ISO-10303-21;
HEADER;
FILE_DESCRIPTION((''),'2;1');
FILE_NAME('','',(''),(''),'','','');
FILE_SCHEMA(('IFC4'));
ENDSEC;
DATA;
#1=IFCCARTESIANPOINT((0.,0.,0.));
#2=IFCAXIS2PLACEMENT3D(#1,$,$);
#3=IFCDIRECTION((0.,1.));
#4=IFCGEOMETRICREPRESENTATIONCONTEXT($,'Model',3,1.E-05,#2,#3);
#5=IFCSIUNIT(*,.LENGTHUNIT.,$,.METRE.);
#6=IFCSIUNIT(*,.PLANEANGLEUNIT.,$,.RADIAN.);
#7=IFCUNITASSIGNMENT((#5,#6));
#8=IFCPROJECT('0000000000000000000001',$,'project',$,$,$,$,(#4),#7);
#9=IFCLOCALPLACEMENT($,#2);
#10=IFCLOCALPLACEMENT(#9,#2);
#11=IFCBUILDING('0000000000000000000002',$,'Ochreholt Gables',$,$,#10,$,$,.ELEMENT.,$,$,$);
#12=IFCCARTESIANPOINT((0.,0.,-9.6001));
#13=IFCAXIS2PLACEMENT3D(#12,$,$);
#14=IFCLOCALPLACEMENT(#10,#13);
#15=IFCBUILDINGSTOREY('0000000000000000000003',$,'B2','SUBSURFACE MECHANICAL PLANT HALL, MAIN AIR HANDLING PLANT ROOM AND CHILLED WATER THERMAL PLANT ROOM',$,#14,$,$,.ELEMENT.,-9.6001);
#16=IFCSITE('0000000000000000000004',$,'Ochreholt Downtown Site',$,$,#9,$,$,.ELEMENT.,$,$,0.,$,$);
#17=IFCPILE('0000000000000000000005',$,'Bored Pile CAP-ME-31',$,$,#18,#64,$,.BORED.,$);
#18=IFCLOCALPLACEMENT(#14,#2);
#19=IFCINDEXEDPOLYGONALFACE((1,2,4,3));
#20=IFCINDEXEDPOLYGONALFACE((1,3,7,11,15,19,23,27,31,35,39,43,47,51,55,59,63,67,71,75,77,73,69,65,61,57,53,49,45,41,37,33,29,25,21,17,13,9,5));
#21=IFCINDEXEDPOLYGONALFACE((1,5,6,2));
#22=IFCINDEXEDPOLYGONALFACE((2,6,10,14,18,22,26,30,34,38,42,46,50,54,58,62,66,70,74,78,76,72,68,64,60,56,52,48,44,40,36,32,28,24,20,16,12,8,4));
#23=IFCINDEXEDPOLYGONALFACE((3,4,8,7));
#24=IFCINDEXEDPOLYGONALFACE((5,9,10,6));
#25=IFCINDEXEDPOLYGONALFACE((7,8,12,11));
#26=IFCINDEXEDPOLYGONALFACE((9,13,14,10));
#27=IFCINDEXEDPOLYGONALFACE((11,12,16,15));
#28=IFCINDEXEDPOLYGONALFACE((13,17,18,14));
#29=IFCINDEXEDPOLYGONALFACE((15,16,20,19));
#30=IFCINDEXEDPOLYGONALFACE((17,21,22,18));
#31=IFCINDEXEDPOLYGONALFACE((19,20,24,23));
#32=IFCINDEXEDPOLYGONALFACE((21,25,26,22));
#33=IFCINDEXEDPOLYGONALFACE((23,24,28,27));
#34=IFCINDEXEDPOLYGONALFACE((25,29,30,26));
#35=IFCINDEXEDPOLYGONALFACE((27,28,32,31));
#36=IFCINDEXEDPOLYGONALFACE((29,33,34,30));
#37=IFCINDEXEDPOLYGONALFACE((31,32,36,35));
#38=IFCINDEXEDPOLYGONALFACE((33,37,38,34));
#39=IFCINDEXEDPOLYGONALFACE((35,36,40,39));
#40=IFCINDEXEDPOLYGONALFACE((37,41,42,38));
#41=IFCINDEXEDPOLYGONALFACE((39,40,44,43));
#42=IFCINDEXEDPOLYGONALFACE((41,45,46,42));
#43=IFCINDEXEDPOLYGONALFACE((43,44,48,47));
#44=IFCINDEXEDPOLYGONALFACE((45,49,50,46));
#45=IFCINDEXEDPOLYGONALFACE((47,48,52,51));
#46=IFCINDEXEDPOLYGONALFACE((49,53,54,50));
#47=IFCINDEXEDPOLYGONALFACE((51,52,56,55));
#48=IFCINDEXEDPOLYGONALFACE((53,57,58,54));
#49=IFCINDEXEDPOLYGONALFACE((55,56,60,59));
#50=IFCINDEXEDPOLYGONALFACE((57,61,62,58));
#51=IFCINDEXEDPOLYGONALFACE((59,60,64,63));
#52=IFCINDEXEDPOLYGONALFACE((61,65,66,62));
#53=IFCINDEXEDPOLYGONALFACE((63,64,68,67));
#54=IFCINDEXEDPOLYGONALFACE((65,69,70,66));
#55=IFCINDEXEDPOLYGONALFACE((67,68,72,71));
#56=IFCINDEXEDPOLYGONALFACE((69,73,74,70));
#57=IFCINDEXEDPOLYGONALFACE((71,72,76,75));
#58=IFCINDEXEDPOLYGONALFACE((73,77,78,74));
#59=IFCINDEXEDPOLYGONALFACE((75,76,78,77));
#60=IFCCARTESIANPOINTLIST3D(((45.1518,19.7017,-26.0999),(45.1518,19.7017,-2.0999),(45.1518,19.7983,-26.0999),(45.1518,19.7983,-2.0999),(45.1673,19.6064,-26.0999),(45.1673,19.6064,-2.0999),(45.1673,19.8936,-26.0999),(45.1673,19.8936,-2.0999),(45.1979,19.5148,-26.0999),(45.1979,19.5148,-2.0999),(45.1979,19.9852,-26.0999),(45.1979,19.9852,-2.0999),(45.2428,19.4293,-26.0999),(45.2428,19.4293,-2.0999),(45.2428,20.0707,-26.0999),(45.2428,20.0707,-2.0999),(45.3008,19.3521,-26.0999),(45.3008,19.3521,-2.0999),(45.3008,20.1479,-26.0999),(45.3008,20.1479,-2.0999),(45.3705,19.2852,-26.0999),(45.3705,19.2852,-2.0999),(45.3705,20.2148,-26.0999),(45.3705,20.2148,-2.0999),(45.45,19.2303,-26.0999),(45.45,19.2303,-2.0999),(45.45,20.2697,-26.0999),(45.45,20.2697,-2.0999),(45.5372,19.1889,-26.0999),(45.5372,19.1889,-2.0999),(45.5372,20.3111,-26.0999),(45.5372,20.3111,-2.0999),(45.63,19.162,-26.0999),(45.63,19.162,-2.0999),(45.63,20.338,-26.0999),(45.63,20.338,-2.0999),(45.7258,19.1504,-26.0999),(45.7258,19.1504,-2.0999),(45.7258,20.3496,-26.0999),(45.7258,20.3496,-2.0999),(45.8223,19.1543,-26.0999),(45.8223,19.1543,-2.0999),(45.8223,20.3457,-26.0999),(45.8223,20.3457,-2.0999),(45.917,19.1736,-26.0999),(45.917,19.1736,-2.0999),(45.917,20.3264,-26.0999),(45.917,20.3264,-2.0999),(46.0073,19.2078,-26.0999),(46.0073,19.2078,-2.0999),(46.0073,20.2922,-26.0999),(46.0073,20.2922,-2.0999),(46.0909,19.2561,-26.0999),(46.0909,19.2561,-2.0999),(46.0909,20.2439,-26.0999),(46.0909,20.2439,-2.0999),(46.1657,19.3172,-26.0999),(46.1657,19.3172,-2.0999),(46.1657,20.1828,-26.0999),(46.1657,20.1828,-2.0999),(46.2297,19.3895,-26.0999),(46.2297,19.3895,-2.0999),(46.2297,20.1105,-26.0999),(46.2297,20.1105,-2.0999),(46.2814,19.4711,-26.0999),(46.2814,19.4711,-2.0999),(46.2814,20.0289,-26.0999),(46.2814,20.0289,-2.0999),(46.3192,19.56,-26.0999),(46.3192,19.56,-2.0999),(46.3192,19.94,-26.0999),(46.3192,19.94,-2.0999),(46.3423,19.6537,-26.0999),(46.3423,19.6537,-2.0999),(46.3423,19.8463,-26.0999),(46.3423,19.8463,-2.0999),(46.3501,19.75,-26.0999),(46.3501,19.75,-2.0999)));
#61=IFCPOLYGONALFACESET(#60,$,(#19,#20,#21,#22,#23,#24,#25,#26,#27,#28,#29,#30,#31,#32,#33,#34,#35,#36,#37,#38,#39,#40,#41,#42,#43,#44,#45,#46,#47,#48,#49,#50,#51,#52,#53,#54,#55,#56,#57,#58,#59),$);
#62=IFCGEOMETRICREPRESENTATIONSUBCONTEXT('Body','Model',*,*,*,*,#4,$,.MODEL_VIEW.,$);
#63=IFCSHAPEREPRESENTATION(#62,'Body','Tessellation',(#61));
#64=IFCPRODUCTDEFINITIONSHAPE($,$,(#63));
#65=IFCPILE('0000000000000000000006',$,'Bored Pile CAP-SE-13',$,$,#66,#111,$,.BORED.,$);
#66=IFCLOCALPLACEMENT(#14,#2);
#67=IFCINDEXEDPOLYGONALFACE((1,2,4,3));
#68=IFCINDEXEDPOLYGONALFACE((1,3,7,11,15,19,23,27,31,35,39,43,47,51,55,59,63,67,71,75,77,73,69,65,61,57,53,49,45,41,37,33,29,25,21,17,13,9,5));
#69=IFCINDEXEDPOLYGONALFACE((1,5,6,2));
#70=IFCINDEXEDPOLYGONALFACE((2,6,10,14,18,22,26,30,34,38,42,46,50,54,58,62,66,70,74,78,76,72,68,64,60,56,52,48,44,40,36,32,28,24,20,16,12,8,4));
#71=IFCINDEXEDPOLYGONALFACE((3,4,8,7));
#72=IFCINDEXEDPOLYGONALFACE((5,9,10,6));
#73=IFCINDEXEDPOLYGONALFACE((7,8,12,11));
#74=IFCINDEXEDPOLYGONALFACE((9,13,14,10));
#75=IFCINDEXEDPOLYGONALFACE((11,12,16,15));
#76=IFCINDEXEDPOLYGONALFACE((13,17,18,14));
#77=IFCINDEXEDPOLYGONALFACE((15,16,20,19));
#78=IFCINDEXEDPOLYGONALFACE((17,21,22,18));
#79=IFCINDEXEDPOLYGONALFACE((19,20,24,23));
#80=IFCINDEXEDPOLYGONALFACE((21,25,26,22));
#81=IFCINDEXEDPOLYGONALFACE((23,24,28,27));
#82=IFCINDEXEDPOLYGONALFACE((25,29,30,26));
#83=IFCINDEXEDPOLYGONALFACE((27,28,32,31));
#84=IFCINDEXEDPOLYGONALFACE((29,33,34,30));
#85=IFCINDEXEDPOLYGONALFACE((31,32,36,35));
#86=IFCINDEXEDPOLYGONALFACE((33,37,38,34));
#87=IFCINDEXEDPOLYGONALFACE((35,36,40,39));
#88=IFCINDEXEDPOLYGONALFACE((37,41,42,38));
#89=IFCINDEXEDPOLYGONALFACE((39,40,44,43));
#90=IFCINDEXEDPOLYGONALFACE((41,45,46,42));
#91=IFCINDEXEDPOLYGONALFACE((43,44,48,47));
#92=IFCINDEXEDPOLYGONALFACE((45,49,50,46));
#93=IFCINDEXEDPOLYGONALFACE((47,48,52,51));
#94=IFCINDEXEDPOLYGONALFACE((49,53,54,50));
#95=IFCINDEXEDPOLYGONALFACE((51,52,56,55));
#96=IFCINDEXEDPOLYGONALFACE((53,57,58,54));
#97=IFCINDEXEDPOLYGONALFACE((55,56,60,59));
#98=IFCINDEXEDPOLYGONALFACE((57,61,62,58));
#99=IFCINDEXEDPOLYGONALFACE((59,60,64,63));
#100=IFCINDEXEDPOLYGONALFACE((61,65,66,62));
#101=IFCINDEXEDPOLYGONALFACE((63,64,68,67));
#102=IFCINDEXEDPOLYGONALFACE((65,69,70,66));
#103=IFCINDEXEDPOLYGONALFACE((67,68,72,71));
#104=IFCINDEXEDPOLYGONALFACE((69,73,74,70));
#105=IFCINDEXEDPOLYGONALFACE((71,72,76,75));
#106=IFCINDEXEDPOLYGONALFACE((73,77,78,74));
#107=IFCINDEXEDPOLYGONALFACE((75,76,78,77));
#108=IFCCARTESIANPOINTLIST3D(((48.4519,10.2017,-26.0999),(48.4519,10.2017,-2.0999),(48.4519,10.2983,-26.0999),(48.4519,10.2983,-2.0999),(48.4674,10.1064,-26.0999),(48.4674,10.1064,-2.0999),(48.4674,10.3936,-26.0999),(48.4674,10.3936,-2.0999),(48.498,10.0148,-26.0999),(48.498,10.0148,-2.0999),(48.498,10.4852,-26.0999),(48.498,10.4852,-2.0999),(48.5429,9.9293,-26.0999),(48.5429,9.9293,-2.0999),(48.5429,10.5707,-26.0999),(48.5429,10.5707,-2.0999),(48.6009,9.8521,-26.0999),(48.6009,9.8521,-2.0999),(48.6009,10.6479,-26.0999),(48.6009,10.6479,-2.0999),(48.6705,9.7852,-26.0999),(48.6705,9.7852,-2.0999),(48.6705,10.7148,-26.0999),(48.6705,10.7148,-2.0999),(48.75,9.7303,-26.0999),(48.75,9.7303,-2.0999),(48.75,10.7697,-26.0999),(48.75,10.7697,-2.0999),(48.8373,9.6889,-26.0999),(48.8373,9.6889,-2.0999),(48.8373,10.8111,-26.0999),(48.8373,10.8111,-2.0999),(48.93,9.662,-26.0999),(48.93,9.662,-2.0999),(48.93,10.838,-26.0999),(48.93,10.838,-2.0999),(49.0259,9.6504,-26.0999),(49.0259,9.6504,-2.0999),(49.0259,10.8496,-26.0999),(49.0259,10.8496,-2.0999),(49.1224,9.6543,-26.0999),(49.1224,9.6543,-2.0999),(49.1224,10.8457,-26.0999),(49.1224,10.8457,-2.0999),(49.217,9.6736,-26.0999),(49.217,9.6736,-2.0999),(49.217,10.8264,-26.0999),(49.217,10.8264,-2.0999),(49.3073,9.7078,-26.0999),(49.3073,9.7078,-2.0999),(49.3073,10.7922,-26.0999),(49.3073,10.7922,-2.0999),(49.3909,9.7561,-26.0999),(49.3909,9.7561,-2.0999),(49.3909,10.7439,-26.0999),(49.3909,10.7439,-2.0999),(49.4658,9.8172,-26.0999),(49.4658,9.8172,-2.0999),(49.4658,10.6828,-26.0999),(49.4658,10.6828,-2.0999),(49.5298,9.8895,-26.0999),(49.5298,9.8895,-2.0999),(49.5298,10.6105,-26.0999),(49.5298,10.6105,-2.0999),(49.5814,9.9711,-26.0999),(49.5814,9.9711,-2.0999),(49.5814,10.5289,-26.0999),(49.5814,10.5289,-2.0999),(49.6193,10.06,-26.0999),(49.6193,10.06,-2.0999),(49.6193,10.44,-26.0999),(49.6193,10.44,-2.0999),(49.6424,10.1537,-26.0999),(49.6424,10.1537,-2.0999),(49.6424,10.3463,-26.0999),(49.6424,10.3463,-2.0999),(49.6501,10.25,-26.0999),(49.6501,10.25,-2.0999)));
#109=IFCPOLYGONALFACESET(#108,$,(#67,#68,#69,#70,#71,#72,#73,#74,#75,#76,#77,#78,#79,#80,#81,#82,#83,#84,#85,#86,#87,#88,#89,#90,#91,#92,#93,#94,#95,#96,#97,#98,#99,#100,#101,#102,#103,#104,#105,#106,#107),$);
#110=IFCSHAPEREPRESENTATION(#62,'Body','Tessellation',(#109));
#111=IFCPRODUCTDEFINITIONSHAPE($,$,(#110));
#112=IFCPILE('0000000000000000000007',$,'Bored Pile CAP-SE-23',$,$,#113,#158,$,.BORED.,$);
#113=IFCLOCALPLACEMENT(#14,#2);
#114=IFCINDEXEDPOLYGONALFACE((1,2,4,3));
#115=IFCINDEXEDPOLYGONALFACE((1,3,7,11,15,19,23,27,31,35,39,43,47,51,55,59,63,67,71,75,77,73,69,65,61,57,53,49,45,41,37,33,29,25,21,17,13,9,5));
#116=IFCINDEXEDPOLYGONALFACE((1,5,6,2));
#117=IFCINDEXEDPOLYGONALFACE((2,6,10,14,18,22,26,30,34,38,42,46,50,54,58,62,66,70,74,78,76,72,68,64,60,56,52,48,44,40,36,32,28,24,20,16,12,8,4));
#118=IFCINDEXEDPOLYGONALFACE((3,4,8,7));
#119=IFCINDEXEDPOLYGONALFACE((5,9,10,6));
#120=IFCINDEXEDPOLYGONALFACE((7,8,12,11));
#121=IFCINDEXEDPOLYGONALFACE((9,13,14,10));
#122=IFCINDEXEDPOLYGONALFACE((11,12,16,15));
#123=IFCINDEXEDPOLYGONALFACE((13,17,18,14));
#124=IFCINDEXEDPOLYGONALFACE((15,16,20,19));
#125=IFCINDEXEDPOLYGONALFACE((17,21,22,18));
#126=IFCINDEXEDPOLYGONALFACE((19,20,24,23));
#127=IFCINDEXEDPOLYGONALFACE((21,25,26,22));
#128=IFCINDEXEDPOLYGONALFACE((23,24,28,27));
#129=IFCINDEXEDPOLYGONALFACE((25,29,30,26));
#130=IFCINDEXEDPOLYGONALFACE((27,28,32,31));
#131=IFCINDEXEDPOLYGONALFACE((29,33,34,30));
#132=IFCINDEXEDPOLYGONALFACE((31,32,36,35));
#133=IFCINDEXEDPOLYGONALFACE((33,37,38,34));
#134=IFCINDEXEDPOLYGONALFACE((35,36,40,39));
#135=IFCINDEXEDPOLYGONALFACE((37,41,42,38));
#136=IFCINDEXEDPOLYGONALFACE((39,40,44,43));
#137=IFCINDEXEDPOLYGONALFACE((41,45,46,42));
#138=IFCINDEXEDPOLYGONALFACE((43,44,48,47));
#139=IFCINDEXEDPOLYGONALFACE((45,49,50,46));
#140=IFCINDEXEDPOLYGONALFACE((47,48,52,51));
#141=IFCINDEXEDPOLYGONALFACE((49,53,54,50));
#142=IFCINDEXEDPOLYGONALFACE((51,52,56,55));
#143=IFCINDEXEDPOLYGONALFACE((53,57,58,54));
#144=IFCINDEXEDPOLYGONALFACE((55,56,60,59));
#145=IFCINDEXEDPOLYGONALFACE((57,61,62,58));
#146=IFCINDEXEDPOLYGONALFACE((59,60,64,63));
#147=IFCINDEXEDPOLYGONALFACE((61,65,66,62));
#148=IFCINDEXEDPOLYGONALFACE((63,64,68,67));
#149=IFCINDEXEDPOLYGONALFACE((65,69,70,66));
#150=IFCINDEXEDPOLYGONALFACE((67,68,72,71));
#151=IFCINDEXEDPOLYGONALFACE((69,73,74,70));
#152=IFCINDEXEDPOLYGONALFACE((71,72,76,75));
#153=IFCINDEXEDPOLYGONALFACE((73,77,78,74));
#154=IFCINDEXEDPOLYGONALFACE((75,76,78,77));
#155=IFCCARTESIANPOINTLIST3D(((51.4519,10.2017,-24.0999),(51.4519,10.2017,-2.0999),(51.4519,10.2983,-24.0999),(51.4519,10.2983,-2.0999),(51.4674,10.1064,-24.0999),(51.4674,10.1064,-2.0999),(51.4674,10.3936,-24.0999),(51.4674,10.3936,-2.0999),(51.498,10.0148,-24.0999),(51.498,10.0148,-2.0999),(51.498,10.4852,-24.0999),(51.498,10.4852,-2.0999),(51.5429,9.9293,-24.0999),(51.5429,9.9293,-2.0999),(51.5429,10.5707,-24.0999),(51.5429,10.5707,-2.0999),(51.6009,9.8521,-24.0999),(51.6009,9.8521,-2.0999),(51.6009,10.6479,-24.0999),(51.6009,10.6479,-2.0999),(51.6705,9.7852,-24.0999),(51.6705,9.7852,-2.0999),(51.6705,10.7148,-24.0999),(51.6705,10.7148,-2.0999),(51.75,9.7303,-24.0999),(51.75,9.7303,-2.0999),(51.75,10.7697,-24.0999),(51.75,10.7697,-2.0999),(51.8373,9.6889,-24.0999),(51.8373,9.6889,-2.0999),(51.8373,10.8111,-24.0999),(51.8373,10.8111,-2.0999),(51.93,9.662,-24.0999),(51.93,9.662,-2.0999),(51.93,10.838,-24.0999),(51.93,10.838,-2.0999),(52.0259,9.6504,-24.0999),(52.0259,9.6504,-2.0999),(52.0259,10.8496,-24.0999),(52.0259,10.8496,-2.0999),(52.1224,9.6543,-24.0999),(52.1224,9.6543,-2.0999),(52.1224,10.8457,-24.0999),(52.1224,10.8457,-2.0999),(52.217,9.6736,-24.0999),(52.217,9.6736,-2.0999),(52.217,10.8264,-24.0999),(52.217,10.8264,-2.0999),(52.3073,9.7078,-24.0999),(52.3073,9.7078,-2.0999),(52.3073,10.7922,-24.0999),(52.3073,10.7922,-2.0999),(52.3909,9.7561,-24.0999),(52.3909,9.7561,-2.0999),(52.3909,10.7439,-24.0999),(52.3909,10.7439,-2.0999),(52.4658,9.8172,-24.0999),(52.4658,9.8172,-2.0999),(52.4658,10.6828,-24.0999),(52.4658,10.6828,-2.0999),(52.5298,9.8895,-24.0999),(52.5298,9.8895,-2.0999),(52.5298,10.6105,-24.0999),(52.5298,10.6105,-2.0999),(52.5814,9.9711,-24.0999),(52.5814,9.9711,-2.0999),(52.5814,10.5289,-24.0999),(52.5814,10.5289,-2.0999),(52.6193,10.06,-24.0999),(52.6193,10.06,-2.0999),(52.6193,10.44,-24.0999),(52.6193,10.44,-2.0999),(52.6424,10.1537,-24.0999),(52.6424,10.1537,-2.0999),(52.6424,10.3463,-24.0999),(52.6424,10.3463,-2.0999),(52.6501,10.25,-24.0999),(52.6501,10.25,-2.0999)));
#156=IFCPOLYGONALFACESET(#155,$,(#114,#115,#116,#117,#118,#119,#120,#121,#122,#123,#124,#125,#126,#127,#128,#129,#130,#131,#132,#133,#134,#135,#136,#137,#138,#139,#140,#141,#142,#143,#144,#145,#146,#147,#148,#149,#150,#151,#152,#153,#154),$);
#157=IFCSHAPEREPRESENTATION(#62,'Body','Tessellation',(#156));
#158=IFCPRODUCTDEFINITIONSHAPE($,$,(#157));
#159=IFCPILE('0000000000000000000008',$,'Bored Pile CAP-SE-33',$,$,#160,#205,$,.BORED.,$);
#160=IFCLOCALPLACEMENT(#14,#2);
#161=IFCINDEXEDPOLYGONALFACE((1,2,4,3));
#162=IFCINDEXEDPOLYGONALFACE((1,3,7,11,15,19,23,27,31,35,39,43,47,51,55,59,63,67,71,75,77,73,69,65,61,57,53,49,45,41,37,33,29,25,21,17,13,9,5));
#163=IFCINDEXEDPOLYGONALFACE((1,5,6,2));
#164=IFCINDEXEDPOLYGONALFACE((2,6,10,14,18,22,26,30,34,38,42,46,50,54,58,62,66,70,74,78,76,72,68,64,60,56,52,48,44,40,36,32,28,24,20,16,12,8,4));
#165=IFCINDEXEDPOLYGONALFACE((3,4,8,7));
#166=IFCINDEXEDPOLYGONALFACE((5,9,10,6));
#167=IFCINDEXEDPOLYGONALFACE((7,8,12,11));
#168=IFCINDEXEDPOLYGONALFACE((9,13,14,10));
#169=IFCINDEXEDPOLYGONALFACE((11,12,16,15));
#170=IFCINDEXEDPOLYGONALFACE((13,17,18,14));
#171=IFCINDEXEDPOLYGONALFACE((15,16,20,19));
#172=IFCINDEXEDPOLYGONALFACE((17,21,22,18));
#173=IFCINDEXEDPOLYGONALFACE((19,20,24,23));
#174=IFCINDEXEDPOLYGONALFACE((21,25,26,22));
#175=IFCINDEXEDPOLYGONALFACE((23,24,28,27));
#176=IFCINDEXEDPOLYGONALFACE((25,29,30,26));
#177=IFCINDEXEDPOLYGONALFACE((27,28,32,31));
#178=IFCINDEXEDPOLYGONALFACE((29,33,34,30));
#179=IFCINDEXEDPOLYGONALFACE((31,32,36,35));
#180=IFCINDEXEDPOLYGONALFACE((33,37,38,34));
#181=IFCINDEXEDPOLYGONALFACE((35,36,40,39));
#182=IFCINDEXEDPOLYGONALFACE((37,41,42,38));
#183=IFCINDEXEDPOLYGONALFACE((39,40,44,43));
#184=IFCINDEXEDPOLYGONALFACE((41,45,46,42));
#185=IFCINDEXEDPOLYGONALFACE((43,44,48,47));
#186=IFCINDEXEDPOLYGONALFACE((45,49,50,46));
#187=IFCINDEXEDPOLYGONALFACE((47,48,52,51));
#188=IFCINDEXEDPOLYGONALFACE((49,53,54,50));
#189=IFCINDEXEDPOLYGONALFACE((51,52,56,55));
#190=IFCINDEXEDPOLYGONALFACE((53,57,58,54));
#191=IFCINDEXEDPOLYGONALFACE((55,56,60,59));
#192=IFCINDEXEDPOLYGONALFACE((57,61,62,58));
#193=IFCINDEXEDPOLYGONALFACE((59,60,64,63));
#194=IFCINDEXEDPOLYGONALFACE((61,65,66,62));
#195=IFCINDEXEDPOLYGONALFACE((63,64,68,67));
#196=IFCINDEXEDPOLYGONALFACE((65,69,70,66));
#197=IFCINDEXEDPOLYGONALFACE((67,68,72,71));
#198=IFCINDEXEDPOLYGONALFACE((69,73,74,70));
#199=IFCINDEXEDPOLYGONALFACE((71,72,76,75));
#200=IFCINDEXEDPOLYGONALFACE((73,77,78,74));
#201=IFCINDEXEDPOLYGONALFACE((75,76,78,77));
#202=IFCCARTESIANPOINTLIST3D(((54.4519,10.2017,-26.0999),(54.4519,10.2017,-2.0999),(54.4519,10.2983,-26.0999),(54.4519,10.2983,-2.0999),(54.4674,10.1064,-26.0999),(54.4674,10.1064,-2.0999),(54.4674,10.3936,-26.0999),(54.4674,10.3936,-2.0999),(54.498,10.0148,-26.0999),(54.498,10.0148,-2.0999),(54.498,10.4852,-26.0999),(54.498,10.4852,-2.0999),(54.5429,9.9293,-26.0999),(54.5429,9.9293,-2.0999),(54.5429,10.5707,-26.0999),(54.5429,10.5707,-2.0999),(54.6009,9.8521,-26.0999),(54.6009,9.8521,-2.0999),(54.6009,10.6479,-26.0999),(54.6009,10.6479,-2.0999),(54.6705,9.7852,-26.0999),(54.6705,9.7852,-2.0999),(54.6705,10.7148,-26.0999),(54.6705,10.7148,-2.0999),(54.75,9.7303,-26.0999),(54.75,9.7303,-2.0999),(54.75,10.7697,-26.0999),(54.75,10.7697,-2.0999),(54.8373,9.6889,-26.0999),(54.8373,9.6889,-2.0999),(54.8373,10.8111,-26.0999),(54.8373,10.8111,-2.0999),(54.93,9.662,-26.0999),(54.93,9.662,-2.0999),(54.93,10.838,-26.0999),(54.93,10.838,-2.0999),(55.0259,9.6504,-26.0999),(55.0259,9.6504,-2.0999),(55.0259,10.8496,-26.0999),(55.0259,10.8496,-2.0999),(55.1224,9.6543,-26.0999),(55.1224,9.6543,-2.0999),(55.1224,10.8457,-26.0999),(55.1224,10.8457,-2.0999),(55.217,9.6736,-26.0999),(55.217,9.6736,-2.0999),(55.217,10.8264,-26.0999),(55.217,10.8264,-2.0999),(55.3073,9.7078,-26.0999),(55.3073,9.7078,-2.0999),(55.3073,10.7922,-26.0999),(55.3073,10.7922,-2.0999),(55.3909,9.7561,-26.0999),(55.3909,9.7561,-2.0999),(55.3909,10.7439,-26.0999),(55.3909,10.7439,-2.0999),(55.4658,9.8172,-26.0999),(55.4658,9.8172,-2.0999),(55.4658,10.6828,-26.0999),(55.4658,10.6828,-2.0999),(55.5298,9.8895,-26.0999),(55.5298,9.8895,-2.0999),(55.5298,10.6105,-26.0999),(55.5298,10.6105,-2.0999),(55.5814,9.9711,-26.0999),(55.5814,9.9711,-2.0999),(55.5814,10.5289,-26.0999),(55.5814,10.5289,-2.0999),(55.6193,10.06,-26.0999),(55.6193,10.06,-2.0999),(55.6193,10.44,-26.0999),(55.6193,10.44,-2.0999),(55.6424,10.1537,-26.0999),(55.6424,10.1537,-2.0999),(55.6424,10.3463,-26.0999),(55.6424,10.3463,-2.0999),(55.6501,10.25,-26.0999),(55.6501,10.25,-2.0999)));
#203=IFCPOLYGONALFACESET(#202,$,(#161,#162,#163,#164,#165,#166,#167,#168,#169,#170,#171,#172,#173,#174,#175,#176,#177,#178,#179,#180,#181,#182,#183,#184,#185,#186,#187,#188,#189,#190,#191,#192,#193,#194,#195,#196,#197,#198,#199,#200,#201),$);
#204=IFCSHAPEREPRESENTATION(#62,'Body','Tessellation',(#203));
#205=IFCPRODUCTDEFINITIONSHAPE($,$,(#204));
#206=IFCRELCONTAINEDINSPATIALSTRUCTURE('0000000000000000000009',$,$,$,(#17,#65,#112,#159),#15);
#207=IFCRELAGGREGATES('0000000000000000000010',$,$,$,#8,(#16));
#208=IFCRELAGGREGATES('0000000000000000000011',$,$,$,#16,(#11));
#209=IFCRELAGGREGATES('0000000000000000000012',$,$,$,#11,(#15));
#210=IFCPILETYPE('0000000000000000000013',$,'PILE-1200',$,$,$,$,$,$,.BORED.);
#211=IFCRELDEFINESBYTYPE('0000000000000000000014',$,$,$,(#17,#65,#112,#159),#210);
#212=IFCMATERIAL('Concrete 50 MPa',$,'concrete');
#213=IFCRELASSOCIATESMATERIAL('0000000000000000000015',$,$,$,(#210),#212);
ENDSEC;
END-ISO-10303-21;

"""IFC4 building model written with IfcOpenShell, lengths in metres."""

from ifc_helpers import new_model, si_unit, direction, frame, origin, origin_2d, place, context, subcontext, project, spatial, circle, extrude, material, material_profile, profile_set, type_object, element, save


model = new_model("IFC4")

# Units and contexts
model_context = context("Model", 3, precision=1e-05, world=origin(), true_north=direction((0.0, 1.0)))
body_context = subcontext(model_context, "Body", "Model", "MODEL_VIEW")
ifc_project = project(units=[si_unit("LENGTHUNIT", "METRE"), si_unit("PLANEANGLEUNIT", "RADIAN")], contexts=[model_context])

# Site, building, storey
site_placement = place(None, origin())
site = spatial("IfcSite", under=ifc_project, at=site_placement, Name="Ochreholt Downtown Site", CompositionType="ELEMENT", RefElevation=0.0)
building_placement = place(site_placement, origin())
building = spatial("IfcBuilding", under=site, at=building_placement, Name="Ochreholt Gables", CompositionType="ELEMENT")
storey_placement = place(building_placement, frame((0.0, 0.0, -9.6001)))
storey = spatial("IfcBuildingStorey", under=building, at=storey_placement, Name="B2", Description="SUBSURFACE MECHANICAL PLANT HALL, MAIN AIR HANDLING PLANT ROOM AND CHILLED WATER THERMAL PLANT ROOM", CompositionType="ELEMENT", Elevation=-9.6001)

# Shared definitions
ifc_material_1 = material(Name="Concrete 50 MPa", Category="concrete")

# Piles
ifc_material_profile_1 = material_profile(ifc_material_1, circle(Radius=0.6001, at=origin_2d()), Name="PILE1200")
ifc_profile_set_1 = profile_set([ifc_material_profile_1], Name="Concrete 50 MPa")
pile_type = type_object("IfcPileType", Name="PILE-1200", PredefinedType="BORED", material=ifc_profile_set_1)
for number, where, z_axis, x_axis, name in (
    (1, (45.75, 19.75, -2.0999), (0.0, 0.0, -1.0), (1.0, 0.0, 0.0), "Bored Pile CAP-ME-31"),
    (2, (49.05, 10.25, -2.0999), (0.0, 0.0, -1.0), (1.0, 0.0, 0.0), "Bored Pile CAP-SE-13"),
):
    element("IfcPile", number, at=place(storey_placement, frame(where, z_axis=z_axis, x_axis=x_axis)), inside=storey, type_object=pile_type, Name=name, PredefinedType="BORED", context=body_context, shape_type="SweptSolid", body=[
        extrude(circle(Radius=0.6001, at=origin_2d()), origin(), (0.0, 0.0, 1.0), 24.0),
    ])
pile_1_placement = place(storey_placement, frame((52.05, 10.25, -2.0999), z_axis=(0.0, 0.0, -1.0), x_axis=(1.0, 0.0, 0.0)))
element("IfcPile", 3, at=pile_1_placement, inside=storey, type_object=pile_type, Name="Bored Pile CAP-SE-23", PredefinedType="BORED", context=body_context, shape_type="SweptSolid", body=[
    extrude(circle(Radius=0.6001, at=origin_2d()), origin(), (0.0, 0.0, 1.0), 22.0),
])
for number, where, z_axis, x_axis, name in (
    (4, (55.05, 10.25, -2.0999), (0.0, 0.0, -1.0), (1.0, 0.0, 0.0), "Bored Pile CAP-SE-33"),
):
    element("IfcPile", number, at=place(storey_placement, frame(where, z_axis=z_axis, x_axis=x_axis)), inside=storey, type_object=pile_type, Name=name, PredefinedType="BORED", context=body_context, shape_type="SweptSolid", body=[
        extrude(circle(Radius=0.6001, at=origin_2d()), origin(), (0.0, 0.0, 1.0), 24.0),
    ])

save(model, "model.ifc")
